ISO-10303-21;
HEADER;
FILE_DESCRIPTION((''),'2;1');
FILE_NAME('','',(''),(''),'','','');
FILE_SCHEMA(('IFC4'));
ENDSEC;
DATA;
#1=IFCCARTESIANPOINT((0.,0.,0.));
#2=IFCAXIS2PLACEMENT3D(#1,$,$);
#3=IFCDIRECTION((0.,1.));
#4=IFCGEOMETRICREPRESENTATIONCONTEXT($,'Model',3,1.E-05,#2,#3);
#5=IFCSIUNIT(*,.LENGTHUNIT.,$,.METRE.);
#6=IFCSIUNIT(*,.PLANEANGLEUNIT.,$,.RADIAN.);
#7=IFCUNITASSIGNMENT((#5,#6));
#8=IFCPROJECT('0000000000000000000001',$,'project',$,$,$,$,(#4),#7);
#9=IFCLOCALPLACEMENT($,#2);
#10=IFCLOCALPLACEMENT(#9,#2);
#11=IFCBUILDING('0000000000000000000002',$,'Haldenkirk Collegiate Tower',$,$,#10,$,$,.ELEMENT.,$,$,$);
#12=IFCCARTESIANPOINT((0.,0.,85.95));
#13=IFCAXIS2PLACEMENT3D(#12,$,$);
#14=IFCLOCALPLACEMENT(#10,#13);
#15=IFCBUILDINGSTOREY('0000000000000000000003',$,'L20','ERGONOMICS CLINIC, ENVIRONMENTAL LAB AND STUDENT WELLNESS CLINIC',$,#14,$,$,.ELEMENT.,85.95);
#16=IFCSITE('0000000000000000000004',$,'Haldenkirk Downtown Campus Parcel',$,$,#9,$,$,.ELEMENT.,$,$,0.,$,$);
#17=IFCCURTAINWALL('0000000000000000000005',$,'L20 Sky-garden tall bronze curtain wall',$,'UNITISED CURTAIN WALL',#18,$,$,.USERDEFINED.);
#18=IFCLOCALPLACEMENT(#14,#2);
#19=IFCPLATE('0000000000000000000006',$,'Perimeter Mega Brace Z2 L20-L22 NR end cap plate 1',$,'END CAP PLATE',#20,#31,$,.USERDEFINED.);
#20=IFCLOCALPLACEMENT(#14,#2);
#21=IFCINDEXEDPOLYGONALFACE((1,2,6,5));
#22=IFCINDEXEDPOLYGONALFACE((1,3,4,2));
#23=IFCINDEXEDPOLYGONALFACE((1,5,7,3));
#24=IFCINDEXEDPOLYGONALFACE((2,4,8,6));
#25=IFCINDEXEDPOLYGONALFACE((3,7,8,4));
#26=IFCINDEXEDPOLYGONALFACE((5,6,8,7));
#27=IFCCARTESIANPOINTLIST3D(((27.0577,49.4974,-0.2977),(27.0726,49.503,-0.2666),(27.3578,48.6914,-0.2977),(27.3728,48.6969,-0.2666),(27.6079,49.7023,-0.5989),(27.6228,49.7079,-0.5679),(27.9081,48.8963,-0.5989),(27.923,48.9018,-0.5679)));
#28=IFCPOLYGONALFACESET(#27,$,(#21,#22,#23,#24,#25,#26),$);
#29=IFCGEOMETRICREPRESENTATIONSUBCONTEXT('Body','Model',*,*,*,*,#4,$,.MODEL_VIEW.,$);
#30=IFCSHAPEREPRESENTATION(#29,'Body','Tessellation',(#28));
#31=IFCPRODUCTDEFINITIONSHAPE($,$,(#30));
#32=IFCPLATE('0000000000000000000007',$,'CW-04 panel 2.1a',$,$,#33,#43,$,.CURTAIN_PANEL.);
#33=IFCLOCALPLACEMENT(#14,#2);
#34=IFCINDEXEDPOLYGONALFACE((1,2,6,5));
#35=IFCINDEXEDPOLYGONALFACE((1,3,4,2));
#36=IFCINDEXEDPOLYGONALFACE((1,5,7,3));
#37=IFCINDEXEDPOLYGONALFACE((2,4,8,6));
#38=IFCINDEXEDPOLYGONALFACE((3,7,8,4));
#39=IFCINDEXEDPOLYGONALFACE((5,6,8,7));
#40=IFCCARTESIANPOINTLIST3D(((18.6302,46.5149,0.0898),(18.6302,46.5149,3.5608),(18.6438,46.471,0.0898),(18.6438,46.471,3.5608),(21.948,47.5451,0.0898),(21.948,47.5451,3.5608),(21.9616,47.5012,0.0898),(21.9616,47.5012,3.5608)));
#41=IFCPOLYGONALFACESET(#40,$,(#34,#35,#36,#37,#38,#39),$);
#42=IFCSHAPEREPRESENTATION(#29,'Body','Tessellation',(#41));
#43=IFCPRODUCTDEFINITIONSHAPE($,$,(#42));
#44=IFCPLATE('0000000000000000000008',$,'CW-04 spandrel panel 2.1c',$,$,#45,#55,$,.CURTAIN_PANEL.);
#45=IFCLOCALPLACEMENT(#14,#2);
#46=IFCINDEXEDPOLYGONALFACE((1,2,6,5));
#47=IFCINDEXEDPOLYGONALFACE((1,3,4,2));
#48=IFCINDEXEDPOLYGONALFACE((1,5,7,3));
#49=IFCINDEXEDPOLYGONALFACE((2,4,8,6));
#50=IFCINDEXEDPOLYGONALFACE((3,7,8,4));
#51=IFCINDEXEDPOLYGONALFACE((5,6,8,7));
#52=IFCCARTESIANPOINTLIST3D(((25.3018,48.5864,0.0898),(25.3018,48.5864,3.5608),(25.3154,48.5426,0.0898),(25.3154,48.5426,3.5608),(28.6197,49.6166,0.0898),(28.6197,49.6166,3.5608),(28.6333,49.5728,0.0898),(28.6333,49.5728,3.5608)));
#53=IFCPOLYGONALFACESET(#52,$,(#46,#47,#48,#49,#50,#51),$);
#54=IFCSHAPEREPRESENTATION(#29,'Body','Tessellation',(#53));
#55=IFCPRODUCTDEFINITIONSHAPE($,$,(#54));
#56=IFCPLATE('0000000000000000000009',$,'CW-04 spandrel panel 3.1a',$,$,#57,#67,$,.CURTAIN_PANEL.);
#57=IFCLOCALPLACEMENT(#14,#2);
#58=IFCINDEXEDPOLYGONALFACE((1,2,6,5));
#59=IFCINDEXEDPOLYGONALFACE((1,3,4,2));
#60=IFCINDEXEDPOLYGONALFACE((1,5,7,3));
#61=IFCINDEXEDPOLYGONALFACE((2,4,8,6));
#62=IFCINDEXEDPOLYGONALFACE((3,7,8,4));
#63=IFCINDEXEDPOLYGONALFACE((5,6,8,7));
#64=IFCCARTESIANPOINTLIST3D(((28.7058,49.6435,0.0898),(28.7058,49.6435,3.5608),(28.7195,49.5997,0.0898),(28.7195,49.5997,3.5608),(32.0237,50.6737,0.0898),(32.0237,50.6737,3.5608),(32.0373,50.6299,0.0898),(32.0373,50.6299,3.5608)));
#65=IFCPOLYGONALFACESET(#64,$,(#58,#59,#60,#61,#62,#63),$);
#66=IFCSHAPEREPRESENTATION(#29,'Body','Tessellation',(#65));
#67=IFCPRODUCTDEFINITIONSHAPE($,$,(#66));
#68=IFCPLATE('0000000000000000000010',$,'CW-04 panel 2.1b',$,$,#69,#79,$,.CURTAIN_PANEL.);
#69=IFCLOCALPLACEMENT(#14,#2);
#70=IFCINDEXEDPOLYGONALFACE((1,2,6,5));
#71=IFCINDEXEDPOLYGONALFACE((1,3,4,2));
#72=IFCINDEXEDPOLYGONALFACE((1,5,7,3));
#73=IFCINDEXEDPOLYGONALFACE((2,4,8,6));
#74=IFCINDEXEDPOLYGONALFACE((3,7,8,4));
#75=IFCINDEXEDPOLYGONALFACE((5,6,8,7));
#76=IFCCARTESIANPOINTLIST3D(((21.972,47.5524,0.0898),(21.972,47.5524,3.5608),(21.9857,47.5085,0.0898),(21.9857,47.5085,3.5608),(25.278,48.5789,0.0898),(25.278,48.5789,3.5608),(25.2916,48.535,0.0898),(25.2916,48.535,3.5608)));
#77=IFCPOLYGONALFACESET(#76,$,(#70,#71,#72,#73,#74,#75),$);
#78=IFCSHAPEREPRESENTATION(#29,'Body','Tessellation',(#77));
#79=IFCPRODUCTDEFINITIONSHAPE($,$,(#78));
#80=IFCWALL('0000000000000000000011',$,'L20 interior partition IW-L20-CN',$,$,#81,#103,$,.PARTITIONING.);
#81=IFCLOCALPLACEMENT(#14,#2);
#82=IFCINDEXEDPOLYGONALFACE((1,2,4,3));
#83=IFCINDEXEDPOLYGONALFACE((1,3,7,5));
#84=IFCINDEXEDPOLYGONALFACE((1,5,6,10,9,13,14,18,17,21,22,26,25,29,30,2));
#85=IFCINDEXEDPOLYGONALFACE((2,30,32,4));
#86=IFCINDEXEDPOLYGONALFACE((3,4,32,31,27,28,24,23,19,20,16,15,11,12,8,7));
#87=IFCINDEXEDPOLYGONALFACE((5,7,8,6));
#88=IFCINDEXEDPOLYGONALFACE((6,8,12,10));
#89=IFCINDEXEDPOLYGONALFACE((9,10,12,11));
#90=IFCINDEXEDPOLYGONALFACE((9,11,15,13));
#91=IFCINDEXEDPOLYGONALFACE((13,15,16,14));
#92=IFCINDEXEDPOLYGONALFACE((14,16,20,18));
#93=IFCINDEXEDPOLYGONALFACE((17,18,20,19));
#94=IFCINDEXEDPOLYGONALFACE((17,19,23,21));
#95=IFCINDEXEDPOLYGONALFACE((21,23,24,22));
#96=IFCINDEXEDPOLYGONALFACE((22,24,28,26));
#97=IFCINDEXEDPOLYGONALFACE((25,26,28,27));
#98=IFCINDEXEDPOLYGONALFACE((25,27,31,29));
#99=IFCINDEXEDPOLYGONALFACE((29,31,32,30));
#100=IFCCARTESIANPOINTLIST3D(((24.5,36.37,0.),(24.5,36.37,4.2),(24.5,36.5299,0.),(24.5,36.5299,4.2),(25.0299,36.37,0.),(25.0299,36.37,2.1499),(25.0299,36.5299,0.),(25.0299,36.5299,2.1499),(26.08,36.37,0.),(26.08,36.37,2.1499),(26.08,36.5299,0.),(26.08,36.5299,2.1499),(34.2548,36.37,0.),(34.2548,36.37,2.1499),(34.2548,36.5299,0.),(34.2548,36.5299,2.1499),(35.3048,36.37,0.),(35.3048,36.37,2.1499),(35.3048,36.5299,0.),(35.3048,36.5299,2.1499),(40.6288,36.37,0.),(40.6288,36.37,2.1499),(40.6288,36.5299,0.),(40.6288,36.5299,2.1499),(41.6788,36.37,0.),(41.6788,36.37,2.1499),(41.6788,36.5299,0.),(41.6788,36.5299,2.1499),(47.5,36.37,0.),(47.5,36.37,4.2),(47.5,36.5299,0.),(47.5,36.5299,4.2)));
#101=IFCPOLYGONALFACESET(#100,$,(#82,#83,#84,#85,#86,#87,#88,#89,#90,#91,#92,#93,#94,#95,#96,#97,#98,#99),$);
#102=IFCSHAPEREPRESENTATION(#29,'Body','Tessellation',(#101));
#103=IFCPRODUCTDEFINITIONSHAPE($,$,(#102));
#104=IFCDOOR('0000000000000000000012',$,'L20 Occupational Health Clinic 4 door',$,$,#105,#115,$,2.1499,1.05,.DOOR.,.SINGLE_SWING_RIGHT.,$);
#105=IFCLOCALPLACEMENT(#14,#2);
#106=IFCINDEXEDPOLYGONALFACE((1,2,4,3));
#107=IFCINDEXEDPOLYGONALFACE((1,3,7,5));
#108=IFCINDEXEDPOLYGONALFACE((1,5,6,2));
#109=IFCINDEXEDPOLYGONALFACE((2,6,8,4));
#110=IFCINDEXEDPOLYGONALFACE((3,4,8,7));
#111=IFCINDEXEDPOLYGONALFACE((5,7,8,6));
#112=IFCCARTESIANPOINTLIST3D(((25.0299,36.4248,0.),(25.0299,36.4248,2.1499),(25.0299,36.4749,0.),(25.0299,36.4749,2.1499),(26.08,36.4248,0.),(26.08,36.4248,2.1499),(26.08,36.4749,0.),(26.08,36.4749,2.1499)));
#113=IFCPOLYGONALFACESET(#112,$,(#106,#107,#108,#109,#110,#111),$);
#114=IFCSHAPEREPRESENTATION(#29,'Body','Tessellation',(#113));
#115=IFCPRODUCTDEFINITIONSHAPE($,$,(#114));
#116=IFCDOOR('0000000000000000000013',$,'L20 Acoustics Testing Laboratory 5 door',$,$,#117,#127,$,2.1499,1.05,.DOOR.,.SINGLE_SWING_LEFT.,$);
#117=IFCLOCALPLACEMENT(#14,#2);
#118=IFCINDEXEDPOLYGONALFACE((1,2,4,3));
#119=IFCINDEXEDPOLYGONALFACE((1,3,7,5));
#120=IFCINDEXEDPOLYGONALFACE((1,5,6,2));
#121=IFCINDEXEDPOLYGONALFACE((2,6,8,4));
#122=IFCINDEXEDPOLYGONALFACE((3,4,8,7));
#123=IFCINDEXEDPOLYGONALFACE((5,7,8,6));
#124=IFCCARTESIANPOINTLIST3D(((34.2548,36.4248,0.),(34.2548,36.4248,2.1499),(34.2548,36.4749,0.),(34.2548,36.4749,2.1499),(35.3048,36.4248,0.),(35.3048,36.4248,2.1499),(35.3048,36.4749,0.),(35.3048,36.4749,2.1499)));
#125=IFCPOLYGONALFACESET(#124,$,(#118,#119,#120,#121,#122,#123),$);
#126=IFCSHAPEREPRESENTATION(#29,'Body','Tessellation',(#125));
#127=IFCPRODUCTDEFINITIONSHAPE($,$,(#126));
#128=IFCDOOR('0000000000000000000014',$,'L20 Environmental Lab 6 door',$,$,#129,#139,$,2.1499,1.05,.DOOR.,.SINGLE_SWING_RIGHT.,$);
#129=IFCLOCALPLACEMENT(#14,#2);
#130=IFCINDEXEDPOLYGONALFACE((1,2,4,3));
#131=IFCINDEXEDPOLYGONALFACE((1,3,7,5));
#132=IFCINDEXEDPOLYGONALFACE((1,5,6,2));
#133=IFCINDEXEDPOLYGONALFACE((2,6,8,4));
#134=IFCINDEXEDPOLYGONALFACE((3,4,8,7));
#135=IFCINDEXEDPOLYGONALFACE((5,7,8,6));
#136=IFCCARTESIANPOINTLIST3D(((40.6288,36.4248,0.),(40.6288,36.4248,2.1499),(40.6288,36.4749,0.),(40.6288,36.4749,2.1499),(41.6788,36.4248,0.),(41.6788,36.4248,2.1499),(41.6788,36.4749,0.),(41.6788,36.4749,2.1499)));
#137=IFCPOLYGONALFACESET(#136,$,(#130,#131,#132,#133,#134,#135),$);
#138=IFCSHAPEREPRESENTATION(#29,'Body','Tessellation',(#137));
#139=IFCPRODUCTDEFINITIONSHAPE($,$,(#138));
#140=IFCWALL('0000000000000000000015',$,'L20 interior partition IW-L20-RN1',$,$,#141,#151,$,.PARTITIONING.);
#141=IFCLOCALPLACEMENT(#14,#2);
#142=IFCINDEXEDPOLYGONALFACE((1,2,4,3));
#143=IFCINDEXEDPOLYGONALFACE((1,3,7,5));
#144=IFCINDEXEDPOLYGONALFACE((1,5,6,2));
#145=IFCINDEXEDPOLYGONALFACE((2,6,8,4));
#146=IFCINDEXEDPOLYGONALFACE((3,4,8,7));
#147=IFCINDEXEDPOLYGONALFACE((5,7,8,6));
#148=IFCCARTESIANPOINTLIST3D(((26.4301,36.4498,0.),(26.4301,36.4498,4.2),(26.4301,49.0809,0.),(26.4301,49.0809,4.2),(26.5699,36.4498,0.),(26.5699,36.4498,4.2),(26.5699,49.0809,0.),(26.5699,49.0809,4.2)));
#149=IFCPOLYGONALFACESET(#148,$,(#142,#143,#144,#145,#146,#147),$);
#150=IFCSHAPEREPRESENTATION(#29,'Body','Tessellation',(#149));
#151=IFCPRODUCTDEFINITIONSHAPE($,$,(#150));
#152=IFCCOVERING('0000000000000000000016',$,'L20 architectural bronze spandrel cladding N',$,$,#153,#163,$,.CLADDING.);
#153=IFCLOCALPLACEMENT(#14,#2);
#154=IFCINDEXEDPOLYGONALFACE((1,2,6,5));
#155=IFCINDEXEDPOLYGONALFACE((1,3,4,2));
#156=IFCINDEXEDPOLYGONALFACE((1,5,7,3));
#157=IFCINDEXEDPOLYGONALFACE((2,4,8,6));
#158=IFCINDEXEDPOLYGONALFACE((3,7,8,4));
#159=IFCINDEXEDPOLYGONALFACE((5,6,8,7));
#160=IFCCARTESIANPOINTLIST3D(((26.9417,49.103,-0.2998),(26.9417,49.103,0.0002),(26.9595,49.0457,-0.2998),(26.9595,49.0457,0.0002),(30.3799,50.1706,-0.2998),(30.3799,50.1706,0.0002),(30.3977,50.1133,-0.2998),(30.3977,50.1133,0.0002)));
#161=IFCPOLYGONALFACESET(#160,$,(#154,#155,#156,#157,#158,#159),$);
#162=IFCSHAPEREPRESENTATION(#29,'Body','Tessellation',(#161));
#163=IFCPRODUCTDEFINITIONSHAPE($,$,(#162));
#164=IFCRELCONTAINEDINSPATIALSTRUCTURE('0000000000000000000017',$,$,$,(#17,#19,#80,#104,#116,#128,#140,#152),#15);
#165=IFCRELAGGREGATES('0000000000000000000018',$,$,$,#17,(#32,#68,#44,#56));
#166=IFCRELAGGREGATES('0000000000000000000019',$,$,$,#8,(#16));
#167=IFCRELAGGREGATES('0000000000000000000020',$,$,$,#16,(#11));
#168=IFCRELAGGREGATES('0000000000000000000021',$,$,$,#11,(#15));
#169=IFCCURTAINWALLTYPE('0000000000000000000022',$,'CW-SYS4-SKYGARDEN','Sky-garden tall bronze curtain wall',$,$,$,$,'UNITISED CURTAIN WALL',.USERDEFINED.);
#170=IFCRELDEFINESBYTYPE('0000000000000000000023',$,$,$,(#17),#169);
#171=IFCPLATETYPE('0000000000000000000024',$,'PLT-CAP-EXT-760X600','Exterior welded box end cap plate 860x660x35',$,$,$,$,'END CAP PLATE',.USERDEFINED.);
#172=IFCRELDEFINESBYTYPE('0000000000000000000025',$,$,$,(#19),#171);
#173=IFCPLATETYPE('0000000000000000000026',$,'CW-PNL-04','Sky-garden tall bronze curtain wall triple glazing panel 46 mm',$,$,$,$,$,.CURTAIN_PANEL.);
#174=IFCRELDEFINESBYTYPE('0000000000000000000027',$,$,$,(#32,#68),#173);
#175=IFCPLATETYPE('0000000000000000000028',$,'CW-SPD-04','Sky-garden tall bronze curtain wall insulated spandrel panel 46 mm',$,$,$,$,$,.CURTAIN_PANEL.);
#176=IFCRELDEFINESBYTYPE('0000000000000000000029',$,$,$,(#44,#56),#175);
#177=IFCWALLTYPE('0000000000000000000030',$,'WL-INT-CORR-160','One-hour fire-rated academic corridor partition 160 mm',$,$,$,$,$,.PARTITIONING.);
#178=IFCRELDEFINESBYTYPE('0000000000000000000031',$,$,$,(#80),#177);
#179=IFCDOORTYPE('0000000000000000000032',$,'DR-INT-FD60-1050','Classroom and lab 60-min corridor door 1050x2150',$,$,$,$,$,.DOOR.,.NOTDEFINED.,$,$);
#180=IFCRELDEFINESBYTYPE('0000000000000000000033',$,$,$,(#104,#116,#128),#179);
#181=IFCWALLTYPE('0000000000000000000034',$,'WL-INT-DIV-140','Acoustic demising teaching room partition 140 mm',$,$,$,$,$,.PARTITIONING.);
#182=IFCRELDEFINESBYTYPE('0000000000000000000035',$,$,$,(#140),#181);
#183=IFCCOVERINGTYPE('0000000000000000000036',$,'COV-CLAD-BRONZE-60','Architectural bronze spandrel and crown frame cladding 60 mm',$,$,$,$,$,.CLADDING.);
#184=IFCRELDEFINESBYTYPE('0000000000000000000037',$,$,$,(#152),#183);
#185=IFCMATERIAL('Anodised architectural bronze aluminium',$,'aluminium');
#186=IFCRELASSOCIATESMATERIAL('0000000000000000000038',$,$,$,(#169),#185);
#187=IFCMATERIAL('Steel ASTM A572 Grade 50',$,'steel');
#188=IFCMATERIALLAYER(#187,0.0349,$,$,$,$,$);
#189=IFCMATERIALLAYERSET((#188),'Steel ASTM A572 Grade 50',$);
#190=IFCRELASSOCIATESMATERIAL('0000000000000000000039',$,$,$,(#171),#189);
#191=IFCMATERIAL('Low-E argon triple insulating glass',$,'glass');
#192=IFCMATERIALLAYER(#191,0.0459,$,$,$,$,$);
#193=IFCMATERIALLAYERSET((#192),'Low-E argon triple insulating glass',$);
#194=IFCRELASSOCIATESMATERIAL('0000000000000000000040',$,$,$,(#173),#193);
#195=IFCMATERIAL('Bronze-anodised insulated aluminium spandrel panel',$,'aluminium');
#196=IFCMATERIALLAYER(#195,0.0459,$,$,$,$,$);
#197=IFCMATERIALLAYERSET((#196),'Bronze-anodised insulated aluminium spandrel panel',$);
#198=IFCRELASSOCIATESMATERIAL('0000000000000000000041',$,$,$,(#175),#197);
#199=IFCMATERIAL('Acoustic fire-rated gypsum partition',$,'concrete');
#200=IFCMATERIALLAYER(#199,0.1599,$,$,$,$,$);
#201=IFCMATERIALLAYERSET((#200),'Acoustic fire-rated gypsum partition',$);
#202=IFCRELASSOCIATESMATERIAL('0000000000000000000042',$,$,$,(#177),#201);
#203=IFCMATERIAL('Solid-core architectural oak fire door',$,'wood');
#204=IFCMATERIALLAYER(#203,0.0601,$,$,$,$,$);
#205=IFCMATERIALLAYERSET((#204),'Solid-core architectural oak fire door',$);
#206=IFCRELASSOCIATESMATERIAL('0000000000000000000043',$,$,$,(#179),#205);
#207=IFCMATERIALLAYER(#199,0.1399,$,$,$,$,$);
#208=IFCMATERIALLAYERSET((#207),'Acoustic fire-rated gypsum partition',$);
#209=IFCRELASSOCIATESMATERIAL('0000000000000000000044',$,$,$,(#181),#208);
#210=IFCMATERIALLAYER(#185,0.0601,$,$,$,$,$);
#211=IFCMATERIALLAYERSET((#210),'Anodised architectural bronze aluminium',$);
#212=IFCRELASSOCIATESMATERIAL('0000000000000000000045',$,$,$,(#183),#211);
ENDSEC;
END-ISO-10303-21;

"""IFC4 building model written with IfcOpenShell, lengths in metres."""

from ifc_helpers import new_model, si_unit, direction, frame, frame_2d, origin, origin_2d, place, context, subcontext, project, spatial, rectangle, extrude, source, transform, mapped, material, layer, layer_set, type_object, element, fill, aggregate, save


model = new_model("IFC4")

# Units and contexts
model_context = context("Model", 3, precision=1e-05, world=origin(), true_north=direction((0.0, 1.0)))
body_context = subcontext(model_context, "Body", "Model", "MODEL_VIEW")
ifc_project = project(units=[si_unit("LENGTHUNIT", "METRE"), si_unit("PLANEANGLEUNIT", "RADIAN")], contexts=[model_context])

# Site, building, storey
site_placement = place(None, origin())
site = spatial("IfcSite", under=ifc_project, at=site_placement, Name="Haldenkirk Downtown Campus Parcel", CompositionType="ELEMENT", RefElevation=0.0)
building_placement = place(site_placement, origin())
building = spatial("IfcBuilding", under=site, at=building_placement, Name="Haldenkirk Collegiate Tower", CompositionType="ELEMENT")
storey_placement = place(building_placement, frame((0.0, 0.0, 85.95)))
storey = spatial("IfcBuildingStorey", under=building, at=storey_placement, Name="L20", Description="ERGONOMICS CLINIC, ENVIRONMENTAL LAB AND STUDENT WELLNESS CLINIC", CompositionType="ELEMENT", Elevation=85.95)

# Curtain wall
ifc_material_1 = material(Name="Anodised architectural bronze aluminium", Category="aluminium")
curtain_wall_type = type_object("IfcCurtainWallType", Name="CW-SYS4-SKYGARDEN", Description="Sky-garden tall bronze curtain wall", ElementType="UNITISED CURTAIN WALL", PredefinedType="USERDEFINED", material=ifc_material_1)
curtain_wall_placement = place(storey_placement, origin())
curtain_wall = element("IfcCurtainWall", 1, at=curtain_wall_placement, inside=storey, type_object=curtain_wall_type, Name="L20 Sky-garden tall bronze curtain wall", ObjectType="UNITISED CURTAIN WALL", PredefinedType="USERDEFINED")

# Shared definitions
ifc_material_2 = material(Name="Steel ASTM A572 Grade 50", Category="steel")

# Plates
ifc_layer_1 = layer(ifc_material_2, 0.0349)
ifc_layer_set_1 = layer_set([ifc_layer_1], Name="Steel ASTM A572 Grade 50")
plate_type_1 = type_object("IfcPlateType", Name="PLT-CAP-EXT-760X600", Description="Exterior welded box end cap plate 860x660x35", ElementType="END CAP PLATE", PredefinedType="USERDEFINED", material=ifc_layer_set_1)
shared_shape_1 = source(origin(), body_context, "Body", "SweptSolid", [
    extrude(rectangle(XDim=0.8601, YDim=0.6599, at=origin_2d()), origin(), (0.0, 0.0, 1.0), 0.0349),
])
plate_1_placement = place(storey_placement, frame((27.4978, 49.2024, -0.4172), z_axis=(-0.427842, -0.159323, -0.889701), x_axis=(0.348976, -0.937132, 0.0)))
element("IfcPlate", 2, at=plate_1_placement, inside=storey, type_object=plate_type_1, Name="Perimeter Mega Brace Z2 L20-L22 NR end cap plate 1", ObjectType="END CAP PLATE", PredefinedType="USERDEFINED", context=body_context, shape_type="MappedRepresentation", body=[
    mapped(shared_shape_1, transform((0.0, 0.0, 0.0), x_axis=(1.0, 0.0, 0.0), y_axis=(0.0, 1.0, 0.0), z_axis=(0.0, 0.0, 1.0), scale=1.0)),
])
ifc_material_3 = material(Name="Low-E argon triple insulating glass", Category="glass")
ifc_layer_2 = layer(ifc_material_3, 0.0459)
ifc_layer_set_2 = layer_set([ifc_layer_2], Name="Low-E argon triple insulating glass")
plate_type_2 = type_object("IfcPlateType", Name="CW-PNL-04", Description="Sky-garden tall bronze curtain wall triple glazing panel 46 mm", PredefinedType="CURTAIN_PANEL", material=ifc_layer_set_2)
shared_shape_2 = source(origin(), body_context, "Body", "SweptSolid", [
    extrude(rectangle(XDim=3.4741, YDim=0.0459, at=origin_2d()), origin(), (0.0, 0.0, 1.0), 3.4709),
])
plate_2_placement = place(storey_placement, frame((20.2959, 47.0081, 0.0898), z_axis=(0.0, 0.0, 1.0), x_axis=(0.95502, 0.29654, 0.0)))
plate_2 = element("IfcPlate", 3, at=plate_2_placement, type_object=plate_type_2, Name="CW-04 panel 2.1a", PredefinedType="CURTAIN_PANEL", context=body_context, shape_type="MappedRepresentation", body=[
    mapped(shared_shape_2, transform((0.0, 0.0, 0.0), x_axis=(1.0, 0.0, 0.0), y_axis=(0.0, 1.0, 0.0), z_axis=(0.0, 0.0, 1.0), scale=1.0)),
])
ifc_material_4 = material(Name="Bronze-anodised insulated aluminium spandrel panel", Category="aluminium")
ifc_layer_3 = layer(ifc_material_4, 0.0459)
ifc_layer_set_3 = layer_set([ifc_layer_3], Name="Bronze-anodised insulated aluminium spandrel panel")
plate_type_3 = type_object("IfcPlateType", Name="CW-SPD-04", Description="Sky-garden tall bronze curtain wall insulated spandrel panel 46 mm", PredefinedType="CURTAIN_PANEL", material=ifc_layer_set_3)
plate_3_placement = place(storey_placement, frame((26.9675, 49.0796, 0.0898), z_axis=(0.0, 0.0, 1.0), x_axis=(0.95502, 0.29654, 0.0)))
plate_3 = element("IfcPlate", 4, at=plate_3_placement, type_object=plate_type_3, Name="CW-04 spandrel panel 2.1c", PredefinedType="CURTAIN_PANEL", context=body_context, shape_type="MappedRepresentation", body=[
    mapped(shared_shape_2, transform((0.0, 0.0, 0.0), x_axis=(1.0, 0.0, 0.0), y_axis=(0.0, 1.0, 0.0), z_axis=(0.0, 0.0, 1.0), scale=1.0)),
])
plate_4_placement = place(storey_placement, frame((30.3716, 50.1367, 0.0898), z_axis=(0.0, 0.0, 1.0), x_axis=(0.95502, 0.29654, 0.0)))
plate_4 = element("IfcPlate", 5, at=plate_4_placement, type_object=plate_type_3, Name="CW-04 spandrel panel 3.1a", PredefinedType="CURTAIN_PANEL", context=body_context, shape_type="MappedRepresentation", body=[
    mapped(shared_shape_2, transform((0.0, 0.0, 0.0), x_axis=(1.0, 0.0, 0.0), y_axis=(0.0, 1.0, 0.0), z_axis=(0.0, 0.0, 1.0), scale=1.0)),
])
shared_shape_3 = source(origin(), body_context, "Body", "SweptSolid", [
    extrude(rectangle(XDim=3.4617, YDim=0.0459, at=origin_2d()), origin(), (0.0, 0.0, 1.0), 3.4709),
])
plate_5_placement = place(storey_placement, frame((23.6318, 48.0437, 0.0898), z_axis=(0.0, 0.0, 1.0), x_axis=(0.95502, 0.29654, 0.0)))
plate_5 = element("IfcPlate", 6, at=plate_5_placement, type_object=plate_type_2, Name="CW-04 panel 2.1b", PredefinedType="CURTAIN_PANEL", context=body_context, shape_type="MappedRepresentation", body=[
    mapped(shared_shape_3, transform((0.0, 0.0, 0.0), x_axis=(1.0, 0.0, 0.0), y_axis=(0.0, 1.0, 0.0), z_axis=(0.0, 0.0, 1.0), scale=1.0)),
])
aggregate(curtain_wall, [plate_2, plate_5, plate_3, plate_4])

# Wall, openings, doors
ifc_material_5 = material(Name="Acoustic fire-rated gypsum partition", Category="concrete")
ifc_layer_4 = layer(ifc_material_5, 0.1599)
ifc_layer_set_4 = layer_set([ifc_layer_4], Name="Acoustic fire-rated gypsum partition")
wall_type_1 = type_object("IfcWallType", Name="WL-INT-CORR-160", Description="One-hour fire-rated academic corridor partition 160 mm", PredefinedType="PARTITIONING", material=ifc_layer_set_4)
wall_1_placement = place(storey_placement, frame((24.5, 36.45, 0.0), z_axis=(0.0, 0.0, 1.0), x_axis=(1.0, 0.0, 0.0)))
wall_1 = element("IfcWall", 7, at=wall_1_placement, inside=storey, type_object=wall_type_1, Name="L20 interior partition IW-L20-CN", PredefinedType="PARTITIONING", context=body_context, shape_type="SweptSolid", body=[
    extrude(rectangle(XDim=23.0, YDim=0.1599, at=frame_2d((11.5, 0.0))), origin(), (0.0, 0.0, 1.0), 4.2),
])
opening_1_placement = place(wall_1_placement, frame((0.53, 0.0, 0.0)))
opening_1 = element("IfcOpeningElement", 8, at=opening_1_placement, cuts=wall_1, PredefinedType="OPENING", context=body_context, shape_type="SweptSolid", body=[
    extrude(rectangle(XDim=1.05, YDim=2.1499, at=frame_2d((0.5249, 1.075))), frame((0.0, 0.0898, 0.0), z_axis=(0.0, -1.0, 0.0), x_axis=(1.0, 0.0, 0.0)), (0.0, 0.0, 1.0), 0.1799),
])
opening_2_placement = place(wall_1_placement, frame((9.7549, 0.0, 0.0)))
opening_2 = element("IfcOpeningElement", 9, at=opening_2_placement, cuts=wall_1, PredefinedType="OPENING", context=body_context, shape_type="SweptSolid", body=[
    extrude(rectangle(XDim=1.05, YDim=2.1499, at=frame_2d((0.5249, 1.075))), frame((0.0, 0.0898, 0.0), z_axis=(0.0, -1.0, 0.0), x_axis=(1.0, 0.0, 0.0)), (0.0, 0.0, 1.0), 0.1799),
])
opening_3_placement = place(wall_1_placement, frame((16.1289, 0.0, 0.0)))
opening_3 = element("IfcOpeningElement", 10, at=opening_3_placement, cuts=wall_1, PredefinedType="OPENING", context=body_context, shape_type="SweptSolid", body=[
    extrude(rectangle(XDim=1.05, YDim=2.1499, at=frame_2d((0.5249, 1.075))), frame((0.0, 0.0898, 0.0), z_axis=(0.0, -1.0, 0.0), x_axis=(1.0, 0.0, 0.0)), (0.0, 0.0, 1.0), 0.1799),
])
ifc_material_6 = material(Name="Solid-core architectural oak fire door", Category="wood")
ifc_layer_5 = layer(ifc_material_6, 0.0601)
ifc_layer_set_5 = layer_set([ifc_layer_5], Name="Solid-core architectural oak fire door")
door_type_1 = type_object("IfcDoorType", Name="DR-INT-FD60-1050", Description="Classroom and lab 60-min corridor door 1050x2150", OperationType="NOTDEFINED", PredefinedType="DOOR", material=ifc_layer_set_5)
door_1_placement = place(opening_1_placement, origin())
door_1 = element("IfcDoor", 11, at=door_1_placement, inside=storey, type_object=door_type_1, Name="L20 Occupational Health Clinic 4 door", OperationType="SINGLE_SWING_RIGHT", OverallHeight=2.1499, OverallWidth=1.05, PredefinedType="DOOR", context=body_context, shape_type="SweptSolid", body=[
    extrude(rectangle(XDim=1.05, YDim=2.1499, at=frame_2d((0.5249, 1.075))), frame((0.0, 0.0249, 0.0), z_axis=(0.0, -1.0, 0.0), x_axis=(1.0, 0.0, 0.0)), (0.0, 0.0, 1.0), 0.05),
])
fill(opening_1, door_1)
door_2_placement = place(opening_2_placement, origin())
door_2 = element("IfcDoor", 12, at=door_2_placement, inside=storey, type_object=door_type_1, Name="L20 Acoustics Testing Laboratory 5 door", OperationType="SINGLE_SWING_LEFT", OverallHeight=2.1499, OverallWidth=1.05, PredefinedType="DOOR", context=body_context, shape_type="SweptSolid", body=[
    extrude(rectangle(XDim=1.05, YDim=2.1499, at=frame_2d((0.5249, 1.075))), frame((0.0, 0.0249, 0.0), z_axis=(0.0, -1.0, 0.0), x_axis=(1.0, 0.0, 0.0)), (0.0, 0.0, 1.0), 0.05),
])
fill(opening_2, door_2)
door_3_placement = place(opening_3_placement, origin())
door_3 = element("IfcDoor", 13, at=door_3_placement, inside=storey, type_object=door_type_1, Name="L20 Environmental Lab 6 door", OperationType="SINGLE_SWING_RIGHT", OverallHeight=2.1499, OverallWidth=1.05, PredefinedType="DOOR", context=body_context, shape_type="SweptSolid", body=[
    extrude(rectangle(XDim=1.05, YDim=2.1499, at=frame_2d((0.5249, 1.075))), frame((0.0, 0.0249, 0.0), z_axis=(0.0, -1.0, 0.0), x_axis=(1.0, 0.0, 0.0)), (0.0, 0.0, 1.0), 0.05),
])
fill(opening_3, door_3)

# Wall
ifc_layer_6 = layer(ifc_material_5, 0.1399)
ifc_layer_set_6 = layer_set([ifc_layer_6], Name="Acoustic fire-rated gypsum partition")
wall_type_2 = type_object("IfcWallType", Name="WL-INT-DIV-140", Description="Acoustic demising teaching room partition 140 mm", PredefinedType="PARTITIONING", material=ifc_layer_set_6)
wall_2_placement = place(storey_placement, frame((26.5, 36.45, 0.0), z_axis=(0.0, 0.0, 1.0), x_axis=(0.0, 1.0, 0.0)))
element("IfcWall", 14, at=wall_2_placement, inside=storey, type_object=wall_type_2, Name="L20 interior partition IW-L20-RN1", PredefinedType="PARTITIONING", context=body_context, shape_type="SweptSolid", body=[
    extrude(rectangle(XDim=12.6311, YDim=0.1399, at=frame_2d((6.3154, 0.0))), origin(), (0.0, 0.0, 1.0), 4.2),
])

# Covering
ifc_layer_7 = layer(ifc_material_1, 0.0601)
ifc_layer_set_7 = layer_set([ifc_layer_7], Name="Anodised architectural bronze aluminium")
covering_type = type_object("IfcCoveringType", Name="COV-CLAD-BRONZE-60", Description="Architectural bronze spandrel and crown frame cladding 60 mm", PredefinedType="CLADDING", material=ifc_layer_set_7)
shared_shape_4 = source(origin(), body_context, "Body", "SweptSolid", [
    extrude(rectangle(XDim=3.6001, YDim=0.0601, at=origin_2d()), origin(), (0.0, 0.0, 1.0), 0.3),
])
covering_placement = place(storey_placement, frame((28.6697, 49.6082, -0.2998), z_axis=(0.0, 0.0, 1.0), x_axis=(0.95502, 0.296542, 0.0)))
element("IfcCovering", 15, at=covering_placement, inside=storey, type_object=covering_type, Name="L20 architectural bronze spandrel cladding N", PredefinedType="CLADDING", context=body_context, shape_type="MappedRepresentation", body=[
    mapped(shared_shape_4, transform((0.0, 0.0, 0.0), x_axis=(1.0, 0.0, 0.0), y_axis=(0.0, 1.0, 0.0), z_axis=(0.0, 0.0, 1.0), scale=1.0)),
])

save(model, "model.ifc")
